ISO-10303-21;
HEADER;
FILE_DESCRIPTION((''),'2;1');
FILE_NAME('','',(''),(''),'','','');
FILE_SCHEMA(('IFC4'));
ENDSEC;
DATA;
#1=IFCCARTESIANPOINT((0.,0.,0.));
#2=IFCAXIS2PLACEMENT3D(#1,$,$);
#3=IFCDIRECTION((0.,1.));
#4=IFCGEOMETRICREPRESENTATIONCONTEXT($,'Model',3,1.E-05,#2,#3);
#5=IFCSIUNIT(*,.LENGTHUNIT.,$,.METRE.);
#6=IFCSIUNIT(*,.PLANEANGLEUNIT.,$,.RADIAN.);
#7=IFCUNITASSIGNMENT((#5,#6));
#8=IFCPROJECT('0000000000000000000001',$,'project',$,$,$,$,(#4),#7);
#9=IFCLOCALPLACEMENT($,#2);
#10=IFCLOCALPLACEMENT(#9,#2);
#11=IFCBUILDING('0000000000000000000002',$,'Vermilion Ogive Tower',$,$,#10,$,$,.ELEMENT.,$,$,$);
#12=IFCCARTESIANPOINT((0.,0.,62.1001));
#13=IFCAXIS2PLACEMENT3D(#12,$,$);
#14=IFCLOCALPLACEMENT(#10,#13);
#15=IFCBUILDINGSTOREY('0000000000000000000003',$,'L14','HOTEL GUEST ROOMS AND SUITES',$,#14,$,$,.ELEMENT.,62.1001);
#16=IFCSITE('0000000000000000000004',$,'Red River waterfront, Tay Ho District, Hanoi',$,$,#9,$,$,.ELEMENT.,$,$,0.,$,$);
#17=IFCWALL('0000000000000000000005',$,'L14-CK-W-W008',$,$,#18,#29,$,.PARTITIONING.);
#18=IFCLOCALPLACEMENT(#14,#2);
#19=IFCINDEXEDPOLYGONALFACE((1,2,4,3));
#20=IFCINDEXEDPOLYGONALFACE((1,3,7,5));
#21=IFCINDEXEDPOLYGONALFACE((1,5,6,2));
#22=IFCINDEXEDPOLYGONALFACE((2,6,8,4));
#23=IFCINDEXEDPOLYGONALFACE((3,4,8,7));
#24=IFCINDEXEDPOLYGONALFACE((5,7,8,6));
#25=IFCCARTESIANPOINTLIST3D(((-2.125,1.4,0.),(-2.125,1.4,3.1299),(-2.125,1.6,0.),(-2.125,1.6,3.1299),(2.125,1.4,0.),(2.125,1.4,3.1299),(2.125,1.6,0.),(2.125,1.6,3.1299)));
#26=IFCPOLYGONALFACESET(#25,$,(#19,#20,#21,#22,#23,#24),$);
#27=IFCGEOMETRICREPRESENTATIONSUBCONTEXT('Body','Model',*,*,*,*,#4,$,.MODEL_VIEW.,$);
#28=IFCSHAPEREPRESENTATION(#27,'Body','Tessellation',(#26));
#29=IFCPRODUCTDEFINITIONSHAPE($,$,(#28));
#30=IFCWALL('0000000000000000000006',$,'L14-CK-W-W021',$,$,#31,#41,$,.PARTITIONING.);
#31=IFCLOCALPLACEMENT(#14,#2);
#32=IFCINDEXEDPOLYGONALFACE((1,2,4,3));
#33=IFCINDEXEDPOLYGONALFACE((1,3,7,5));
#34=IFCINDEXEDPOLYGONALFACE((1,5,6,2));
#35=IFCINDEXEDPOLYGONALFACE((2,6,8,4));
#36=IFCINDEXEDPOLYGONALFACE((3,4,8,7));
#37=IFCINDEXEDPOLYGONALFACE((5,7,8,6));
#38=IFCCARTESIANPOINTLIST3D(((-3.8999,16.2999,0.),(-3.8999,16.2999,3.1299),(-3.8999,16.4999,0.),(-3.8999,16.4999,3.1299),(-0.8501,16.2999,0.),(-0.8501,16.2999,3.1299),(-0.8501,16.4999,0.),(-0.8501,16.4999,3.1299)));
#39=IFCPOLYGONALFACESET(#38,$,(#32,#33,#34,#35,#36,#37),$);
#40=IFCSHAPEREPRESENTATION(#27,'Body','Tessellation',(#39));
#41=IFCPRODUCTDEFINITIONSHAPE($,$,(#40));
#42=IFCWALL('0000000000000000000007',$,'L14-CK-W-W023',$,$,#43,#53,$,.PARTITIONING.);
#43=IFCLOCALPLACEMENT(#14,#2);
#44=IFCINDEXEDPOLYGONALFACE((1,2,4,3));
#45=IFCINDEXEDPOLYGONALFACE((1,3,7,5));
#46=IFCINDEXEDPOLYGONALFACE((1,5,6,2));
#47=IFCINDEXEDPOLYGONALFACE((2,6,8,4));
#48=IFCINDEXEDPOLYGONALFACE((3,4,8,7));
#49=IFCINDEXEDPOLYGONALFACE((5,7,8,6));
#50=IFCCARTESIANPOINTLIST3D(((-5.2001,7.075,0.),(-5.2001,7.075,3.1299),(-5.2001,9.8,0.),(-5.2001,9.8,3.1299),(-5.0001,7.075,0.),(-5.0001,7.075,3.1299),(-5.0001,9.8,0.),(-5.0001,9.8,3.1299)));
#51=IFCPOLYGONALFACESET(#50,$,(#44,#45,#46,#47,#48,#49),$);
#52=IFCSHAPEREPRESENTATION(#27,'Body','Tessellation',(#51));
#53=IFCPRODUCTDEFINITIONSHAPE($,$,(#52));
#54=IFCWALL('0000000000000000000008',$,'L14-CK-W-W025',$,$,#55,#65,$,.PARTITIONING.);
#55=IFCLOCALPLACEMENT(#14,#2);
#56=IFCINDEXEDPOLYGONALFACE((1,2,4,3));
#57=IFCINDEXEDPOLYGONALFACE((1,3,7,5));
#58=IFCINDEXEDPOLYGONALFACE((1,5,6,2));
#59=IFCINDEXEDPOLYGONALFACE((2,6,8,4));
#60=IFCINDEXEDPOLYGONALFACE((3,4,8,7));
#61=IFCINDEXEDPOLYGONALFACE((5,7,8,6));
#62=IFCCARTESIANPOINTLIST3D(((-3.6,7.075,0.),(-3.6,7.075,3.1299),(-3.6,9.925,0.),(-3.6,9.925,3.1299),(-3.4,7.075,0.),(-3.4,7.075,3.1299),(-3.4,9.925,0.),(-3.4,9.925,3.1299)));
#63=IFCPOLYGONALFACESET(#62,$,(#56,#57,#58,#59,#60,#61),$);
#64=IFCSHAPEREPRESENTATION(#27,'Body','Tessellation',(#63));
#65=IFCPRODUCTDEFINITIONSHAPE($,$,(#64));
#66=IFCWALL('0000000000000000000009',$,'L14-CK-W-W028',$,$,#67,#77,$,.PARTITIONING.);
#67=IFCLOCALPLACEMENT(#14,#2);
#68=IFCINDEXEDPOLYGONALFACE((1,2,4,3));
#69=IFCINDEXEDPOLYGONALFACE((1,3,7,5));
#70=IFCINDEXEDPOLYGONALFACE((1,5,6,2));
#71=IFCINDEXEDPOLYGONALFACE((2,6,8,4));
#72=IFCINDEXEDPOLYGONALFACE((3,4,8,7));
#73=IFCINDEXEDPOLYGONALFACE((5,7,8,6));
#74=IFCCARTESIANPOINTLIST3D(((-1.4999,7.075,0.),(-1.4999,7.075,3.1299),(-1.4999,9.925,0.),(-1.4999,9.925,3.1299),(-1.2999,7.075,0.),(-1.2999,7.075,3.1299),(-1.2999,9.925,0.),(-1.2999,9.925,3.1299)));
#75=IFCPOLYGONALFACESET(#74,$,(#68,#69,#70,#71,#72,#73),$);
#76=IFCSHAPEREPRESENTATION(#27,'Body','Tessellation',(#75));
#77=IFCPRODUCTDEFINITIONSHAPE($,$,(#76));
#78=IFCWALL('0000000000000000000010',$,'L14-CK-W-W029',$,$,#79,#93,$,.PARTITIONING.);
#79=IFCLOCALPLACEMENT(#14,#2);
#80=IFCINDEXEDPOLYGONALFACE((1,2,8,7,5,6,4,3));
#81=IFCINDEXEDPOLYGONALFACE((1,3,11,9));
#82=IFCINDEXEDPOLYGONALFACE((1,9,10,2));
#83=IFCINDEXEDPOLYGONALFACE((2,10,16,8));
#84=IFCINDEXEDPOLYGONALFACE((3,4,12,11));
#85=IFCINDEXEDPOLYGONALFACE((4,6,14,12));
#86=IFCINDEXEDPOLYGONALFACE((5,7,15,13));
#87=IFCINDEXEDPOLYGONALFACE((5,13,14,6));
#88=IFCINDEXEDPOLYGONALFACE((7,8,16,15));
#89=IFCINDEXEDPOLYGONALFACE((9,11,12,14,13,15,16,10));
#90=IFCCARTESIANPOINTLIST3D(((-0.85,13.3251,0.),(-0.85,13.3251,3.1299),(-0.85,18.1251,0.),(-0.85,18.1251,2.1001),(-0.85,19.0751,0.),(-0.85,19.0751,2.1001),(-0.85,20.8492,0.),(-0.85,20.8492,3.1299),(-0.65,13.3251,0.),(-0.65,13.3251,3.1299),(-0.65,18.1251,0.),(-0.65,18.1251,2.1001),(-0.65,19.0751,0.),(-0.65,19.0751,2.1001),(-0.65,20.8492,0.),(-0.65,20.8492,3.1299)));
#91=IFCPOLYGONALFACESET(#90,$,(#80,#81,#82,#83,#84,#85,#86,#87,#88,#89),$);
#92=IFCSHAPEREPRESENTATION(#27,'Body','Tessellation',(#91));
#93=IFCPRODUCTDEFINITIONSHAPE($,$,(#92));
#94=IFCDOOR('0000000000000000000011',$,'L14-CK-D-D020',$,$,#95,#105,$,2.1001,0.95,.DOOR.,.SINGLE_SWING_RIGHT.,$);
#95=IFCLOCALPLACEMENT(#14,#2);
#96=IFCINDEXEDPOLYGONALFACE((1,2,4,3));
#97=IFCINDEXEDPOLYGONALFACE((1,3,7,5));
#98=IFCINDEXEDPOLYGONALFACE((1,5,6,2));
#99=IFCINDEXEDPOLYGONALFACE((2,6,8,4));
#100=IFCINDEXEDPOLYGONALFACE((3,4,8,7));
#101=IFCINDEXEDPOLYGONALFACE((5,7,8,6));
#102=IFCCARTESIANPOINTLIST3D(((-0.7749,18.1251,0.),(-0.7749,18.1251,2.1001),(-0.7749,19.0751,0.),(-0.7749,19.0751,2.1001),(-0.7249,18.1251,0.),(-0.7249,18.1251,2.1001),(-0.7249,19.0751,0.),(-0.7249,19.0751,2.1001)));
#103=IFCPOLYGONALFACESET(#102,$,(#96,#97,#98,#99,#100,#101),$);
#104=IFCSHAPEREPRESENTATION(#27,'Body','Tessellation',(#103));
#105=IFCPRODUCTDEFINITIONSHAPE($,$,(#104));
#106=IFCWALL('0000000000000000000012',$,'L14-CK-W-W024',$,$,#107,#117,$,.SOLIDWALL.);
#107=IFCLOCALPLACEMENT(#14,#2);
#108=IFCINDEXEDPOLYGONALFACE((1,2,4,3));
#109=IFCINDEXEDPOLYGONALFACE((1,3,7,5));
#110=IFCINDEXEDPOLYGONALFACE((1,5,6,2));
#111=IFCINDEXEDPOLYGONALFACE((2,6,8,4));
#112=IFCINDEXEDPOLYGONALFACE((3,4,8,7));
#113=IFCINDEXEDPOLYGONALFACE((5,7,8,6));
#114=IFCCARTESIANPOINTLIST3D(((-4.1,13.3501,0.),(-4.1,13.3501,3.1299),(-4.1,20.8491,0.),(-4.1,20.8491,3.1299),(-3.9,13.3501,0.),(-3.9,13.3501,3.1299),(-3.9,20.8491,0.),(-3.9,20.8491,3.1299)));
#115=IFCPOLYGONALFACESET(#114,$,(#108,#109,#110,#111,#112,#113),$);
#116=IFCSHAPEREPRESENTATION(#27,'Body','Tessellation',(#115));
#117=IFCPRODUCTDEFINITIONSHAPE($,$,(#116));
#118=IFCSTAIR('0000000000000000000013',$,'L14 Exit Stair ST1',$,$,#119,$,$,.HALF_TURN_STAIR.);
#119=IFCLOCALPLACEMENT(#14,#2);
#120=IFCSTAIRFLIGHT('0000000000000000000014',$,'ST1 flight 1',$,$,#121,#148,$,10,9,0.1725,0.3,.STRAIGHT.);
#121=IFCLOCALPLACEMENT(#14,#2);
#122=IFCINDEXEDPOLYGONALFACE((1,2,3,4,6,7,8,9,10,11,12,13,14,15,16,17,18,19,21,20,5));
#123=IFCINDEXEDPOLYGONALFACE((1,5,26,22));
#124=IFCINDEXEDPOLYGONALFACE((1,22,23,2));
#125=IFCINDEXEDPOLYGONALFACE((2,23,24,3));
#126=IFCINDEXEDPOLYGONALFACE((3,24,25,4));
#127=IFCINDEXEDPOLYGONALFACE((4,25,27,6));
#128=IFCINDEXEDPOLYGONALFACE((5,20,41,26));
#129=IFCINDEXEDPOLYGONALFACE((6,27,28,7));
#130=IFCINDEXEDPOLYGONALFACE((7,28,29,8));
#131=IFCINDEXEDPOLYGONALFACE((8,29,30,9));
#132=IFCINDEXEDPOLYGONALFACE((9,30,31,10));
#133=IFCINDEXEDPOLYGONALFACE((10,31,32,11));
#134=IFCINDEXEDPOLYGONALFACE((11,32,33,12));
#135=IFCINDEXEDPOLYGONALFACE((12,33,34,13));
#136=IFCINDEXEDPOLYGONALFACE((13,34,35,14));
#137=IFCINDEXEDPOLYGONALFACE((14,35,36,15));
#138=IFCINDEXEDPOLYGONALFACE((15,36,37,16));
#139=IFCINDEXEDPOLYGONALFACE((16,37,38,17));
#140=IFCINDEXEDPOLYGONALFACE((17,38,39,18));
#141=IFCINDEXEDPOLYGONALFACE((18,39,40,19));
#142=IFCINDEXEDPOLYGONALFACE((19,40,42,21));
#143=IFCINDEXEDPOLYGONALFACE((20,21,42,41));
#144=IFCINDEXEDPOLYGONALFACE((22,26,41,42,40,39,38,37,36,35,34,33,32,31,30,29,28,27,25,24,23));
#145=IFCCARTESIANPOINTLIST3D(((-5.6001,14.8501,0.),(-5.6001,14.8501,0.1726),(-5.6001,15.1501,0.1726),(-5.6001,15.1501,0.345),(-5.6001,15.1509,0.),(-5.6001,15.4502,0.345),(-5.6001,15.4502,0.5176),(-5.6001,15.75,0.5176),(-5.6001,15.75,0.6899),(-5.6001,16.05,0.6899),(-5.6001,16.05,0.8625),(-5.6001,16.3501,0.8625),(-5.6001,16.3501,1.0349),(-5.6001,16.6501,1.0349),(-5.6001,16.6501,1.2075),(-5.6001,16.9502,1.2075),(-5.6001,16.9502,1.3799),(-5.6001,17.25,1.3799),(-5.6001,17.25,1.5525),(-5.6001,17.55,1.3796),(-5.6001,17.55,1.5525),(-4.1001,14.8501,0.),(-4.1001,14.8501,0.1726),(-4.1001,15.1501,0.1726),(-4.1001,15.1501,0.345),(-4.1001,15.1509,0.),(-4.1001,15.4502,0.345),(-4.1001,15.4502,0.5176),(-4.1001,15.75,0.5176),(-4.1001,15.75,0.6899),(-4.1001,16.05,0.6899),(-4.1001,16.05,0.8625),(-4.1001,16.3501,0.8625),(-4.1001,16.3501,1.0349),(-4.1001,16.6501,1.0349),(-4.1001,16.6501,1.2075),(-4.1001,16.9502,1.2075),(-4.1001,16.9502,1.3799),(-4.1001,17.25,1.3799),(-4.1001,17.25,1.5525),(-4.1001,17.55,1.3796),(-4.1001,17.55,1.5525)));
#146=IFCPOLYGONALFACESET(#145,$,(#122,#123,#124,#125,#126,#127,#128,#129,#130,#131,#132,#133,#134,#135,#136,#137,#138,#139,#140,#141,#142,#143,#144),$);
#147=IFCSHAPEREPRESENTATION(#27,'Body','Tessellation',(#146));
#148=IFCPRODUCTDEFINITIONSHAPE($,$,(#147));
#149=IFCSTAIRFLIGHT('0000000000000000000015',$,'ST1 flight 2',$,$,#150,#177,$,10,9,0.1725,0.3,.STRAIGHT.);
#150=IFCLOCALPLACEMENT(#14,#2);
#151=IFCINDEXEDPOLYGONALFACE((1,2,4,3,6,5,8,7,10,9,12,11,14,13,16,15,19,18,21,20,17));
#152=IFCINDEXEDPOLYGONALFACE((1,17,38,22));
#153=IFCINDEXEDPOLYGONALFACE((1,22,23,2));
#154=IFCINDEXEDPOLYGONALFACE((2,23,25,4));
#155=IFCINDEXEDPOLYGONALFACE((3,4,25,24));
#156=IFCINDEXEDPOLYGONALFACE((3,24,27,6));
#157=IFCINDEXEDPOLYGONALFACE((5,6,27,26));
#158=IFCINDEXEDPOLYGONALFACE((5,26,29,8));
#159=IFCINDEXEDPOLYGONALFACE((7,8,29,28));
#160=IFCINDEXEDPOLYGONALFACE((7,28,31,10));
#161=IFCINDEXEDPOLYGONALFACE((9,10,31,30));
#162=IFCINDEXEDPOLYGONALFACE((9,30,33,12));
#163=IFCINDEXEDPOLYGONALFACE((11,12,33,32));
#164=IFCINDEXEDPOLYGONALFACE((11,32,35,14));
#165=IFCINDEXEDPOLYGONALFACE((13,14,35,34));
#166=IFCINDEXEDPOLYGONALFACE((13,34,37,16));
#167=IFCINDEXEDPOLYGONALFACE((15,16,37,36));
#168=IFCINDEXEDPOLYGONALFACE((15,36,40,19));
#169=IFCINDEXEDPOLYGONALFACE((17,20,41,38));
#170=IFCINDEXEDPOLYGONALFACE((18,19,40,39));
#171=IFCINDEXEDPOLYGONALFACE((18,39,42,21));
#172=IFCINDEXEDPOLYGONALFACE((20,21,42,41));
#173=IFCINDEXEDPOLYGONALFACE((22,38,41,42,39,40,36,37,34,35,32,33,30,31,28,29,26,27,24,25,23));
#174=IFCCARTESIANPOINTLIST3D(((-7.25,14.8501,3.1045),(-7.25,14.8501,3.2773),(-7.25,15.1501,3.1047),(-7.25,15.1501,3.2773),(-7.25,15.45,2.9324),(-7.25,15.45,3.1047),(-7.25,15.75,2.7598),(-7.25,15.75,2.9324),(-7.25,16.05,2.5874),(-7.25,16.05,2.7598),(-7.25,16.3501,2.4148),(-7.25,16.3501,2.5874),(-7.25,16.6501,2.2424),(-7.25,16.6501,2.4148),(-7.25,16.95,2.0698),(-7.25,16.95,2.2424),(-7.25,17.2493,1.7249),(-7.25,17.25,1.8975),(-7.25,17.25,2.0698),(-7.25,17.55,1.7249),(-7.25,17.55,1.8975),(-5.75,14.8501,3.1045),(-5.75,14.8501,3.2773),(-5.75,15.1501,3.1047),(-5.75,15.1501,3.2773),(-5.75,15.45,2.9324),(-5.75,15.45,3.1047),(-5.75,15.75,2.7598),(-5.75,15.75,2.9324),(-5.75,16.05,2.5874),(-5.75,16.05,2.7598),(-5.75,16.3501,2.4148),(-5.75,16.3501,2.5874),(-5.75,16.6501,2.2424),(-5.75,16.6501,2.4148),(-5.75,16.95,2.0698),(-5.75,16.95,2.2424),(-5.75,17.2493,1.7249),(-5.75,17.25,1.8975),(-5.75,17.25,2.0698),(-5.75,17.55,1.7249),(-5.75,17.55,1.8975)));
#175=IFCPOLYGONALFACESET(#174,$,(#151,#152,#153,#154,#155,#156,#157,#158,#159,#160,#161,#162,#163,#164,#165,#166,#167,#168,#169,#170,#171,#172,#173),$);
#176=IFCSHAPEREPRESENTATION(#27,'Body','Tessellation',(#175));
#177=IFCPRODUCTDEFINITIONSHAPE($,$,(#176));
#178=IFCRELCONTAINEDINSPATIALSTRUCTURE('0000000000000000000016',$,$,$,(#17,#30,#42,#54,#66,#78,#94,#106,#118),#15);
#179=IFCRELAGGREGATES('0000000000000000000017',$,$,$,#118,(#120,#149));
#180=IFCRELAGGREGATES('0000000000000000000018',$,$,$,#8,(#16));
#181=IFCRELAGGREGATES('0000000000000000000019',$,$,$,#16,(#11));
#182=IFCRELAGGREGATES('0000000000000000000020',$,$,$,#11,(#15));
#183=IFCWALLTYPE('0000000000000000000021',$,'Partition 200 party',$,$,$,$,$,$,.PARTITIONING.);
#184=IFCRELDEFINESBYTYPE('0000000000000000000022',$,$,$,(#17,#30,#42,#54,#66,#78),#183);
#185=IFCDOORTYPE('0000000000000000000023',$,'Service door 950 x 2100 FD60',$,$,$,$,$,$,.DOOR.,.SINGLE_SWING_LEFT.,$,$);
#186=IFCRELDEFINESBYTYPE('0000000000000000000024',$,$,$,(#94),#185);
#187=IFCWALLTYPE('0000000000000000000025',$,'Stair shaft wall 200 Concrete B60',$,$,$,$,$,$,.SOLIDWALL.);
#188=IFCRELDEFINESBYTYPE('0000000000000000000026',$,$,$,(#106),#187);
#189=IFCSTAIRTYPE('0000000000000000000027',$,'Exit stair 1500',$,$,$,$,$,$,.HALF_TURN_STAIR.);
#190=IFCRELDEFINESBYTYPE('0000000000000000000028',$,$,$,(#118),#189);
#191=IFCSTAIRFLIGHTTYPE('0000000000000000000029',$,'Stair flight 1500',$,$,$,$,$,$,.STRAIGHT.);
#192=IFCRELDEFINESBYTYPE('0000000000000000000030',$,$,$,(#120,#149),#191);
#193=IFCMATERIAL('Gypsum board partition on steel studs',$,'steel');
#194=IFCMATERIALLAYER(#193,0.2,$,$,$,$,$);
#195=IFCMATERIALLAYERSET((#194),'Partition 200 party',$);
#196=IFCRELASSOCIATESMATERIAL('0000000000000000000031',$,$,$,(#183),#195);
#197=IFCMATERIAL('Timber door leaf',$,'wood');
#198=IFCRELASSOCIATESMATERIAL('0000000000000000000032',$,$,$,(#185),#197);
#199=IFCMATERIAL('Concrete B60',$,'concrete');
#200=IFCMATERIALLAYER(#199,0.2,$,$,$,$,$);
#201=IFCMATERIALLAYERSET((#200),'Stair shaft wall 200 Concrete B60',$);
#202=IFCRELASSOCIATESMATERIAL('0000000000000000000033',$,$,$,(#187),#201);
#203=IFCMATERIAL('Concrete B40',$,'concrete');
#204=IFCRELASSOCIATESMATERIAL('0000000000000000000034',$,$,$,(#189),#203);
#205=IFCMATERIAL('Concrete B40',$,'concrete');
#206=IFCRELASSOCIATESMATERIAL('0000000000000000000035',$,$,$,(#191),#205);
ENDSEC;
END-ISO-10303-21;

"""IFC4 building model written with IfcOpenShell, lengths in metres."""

from ifc_helpers import new_model, si_unit, direction, frame, frame_2d, origin, place, context, subcontext, project, spatial, polyline, rectangle, outline, extrude, material, layer, layer_set, type_object, element, fill, aggregate, save


model = new_model("IFC4")

# Units and contexts
model_context = context("Model", 3, precision=1e-05, world=origin(), true_north=direction((0.0, 1.0)))
body_context = subcontext(model_context, "Body", "Model", "MODEL_VIEW")
ifc_project = project(units=[si_unit("LENGTHUNIT", "METRE"), si_unit("PLANEANGLEUNIT", "RADIAN")], contexts=[model_context])

# Site, building, storey
site_placement = place(None, origin())
site = spatial("IfcSite", under=ifc_project, at=site_placement, Name="Red River waterfront, Tay Ho District, Hanoi", CompositionType="ELEMENT", RefElevation=0.0)
building_placement = place(site_placement, origin())
building = spatial("IfcBuilding", under=site, at=building_placement, Name="Vermilion Ogive Tower", CompositionType="ELEMENT")
storey_placement = place(building_placement, frame((0.0, 0.0, 62.1001)))
storey = spatial("IfcBuildingStorey", under=building, at=storey_placement, Name="L14", Description="HOTEL GUEST ROOMS AND SUITES", CompositionType="ELEMENT", Elevation=62.1001)

# Walls
ifc_material_1 = material(Name="Gypsum board partition on steel studs", Category="steel")
ifc_layer_1 = layer(ifc_material_1, 0.2)
ifc_layer_set_1 = layer_set([ifc_layer_1], Name="Partition 200 party")
wall_type_1 = type_object("IfcWallType", Name="Partition 200 party", PredefinedType="PARTITIONING", material=ifc_layer_set_1)
wall_1_placement = place(storey_placement, frame((-2.125, 1.5, 0.0), z_axis=(0.0, 0.0, 1.0), x_axis=(1.0, 0.0, 0.0)))
element("IfcWall", 1, at=wall_1_placement, inside=storey, type_object=wall_type_1, Name="L14-CK-W-W008", PredefinedType="PARTITIONING", context=body_context, shape_type="SweptSolid", body=[
    extrude(rectangle(XDim=4.25, YDim=0.2, at=frame_2d((2.125, 0.0))), origin(), (0.0, 0.0, 1.0), 3.1299),
])
wall_2_placement = place(storey_placement, frame((-3.8999, 16.3999, 0.0), z_axis=(0.0, 0.0, 1.0), x_axis=(1.0, 0.0, 0.0)))
element("IfcWall", 2, at=wall_2_placement, inside=storey, type_object=wall_type_1, Name="L14-CK-W-W021", PredefinedType="PARTITIONING", context=body_context, shape_type="SweptSolid", body=[
    extrude(rectangle(XDim=3.0498, YDim=0.2, at=frame_2d((1.5249, 0.0))), origin(), (0.0, 0.0, 1.0), 3.1299),
])
wall_3_placement = place(storey_placement, frame((-5.1001, 7.075, 0.0), z_axis=(0.0, 0.0, 1.0), x_axis=(0.0, 1.0, 0.0)))
element("IfcWall", 3, at=wall_3_placement, inside=storey, type_object=wall_type_1, Name="L14-CK-W-W023", PredefinedType="PARTITIONING", context=body_context, shape_type="SweptSolid", body=[
    extrude(rectangle(XDim=2.7251, YDim=0.2, at=frame_2d((1.3625, 0.0))), origin(), (0.0, 0.0, 1.0), 3.1299),
])
for number, where, z_axis, x_axis, name in (
    (4, (-3.5, 7.075, 0.0), (0.0, 0.0, 1.0), (0.0, 1.0, 0.0), "L14-CK-W-W025"),
    (5, (-1.3999, 7.075, 0.0), (0.0, 0.0, 1.0), (0.0, 1.0, 0.0), "L14-CK-W-W028"),
):
    element("IfcWall", number, at=place(storey_placement, frame(where, z_axis=z_axis, x_axis=x_axis)), inside=storey, type_object=wall_type_1, Name=name, PredefinedType="PARTITIONING", context=body_context, shape_type="SweptSolid", body=[
        extrude(rectangle(XDim=2.8501, YDim=0.2, at=frame_2d((1.425, 0.0))), origin(), (0.0, 0.0, 1.0), 3.1299),
    ])

# Wall, opening, door
wall_4_placement = place(storey_placement, frame((-0.75, 13.325, 0.0), z_axis=(0.0, 0.0, 1.0), x_axis=(0.0, 1.0, 0.0)))
wall_4 = element("IfcWall", 6, at=wall_4_placement, inside=storey, type_object=wall_type_1, Name="L14-CK-W-W029", PredefinedType="PARTITIONING", context=body_context, shape_type="SweptSolid", body=[
    extrude(rectangle(XDim=7.5242, YDim=0.2, at=frame_2d((3.7622, 0.0))), origin(), (0.0, 0.0, 1.0), 3.1299),
])
opening_1_placement = place(wall_4_placement, frame((4.8, 0.0, 0.0)))
opening_1 = element("IfcOpeningElement", 7, at=opening_1_placement, cuts=wall_4, PredefinedType="OPENING", context=body_context, shape_type="SweptSolid", body=[
    extrude(rectangle(XDim=0.95, YDim=2.1001, at=frame_2d((0.4751, 1.05))), frame((0.0, 0.1099, 0.0), z_axis=(0.0, -1.0, 0.0), x_axis=(1.0, 0.0, 0.0)), (0.0, 0.0, 1.0), 0.22),
])
ifc_material_2 = material(Name="Timber door leaf", Category="wood")
door_type_1 = type_object("IfcDoorType", Name="Service door 950 x 2100 FD60", OperationType="SINGLE_SWING_LEFT", PredefinedType="DOOR", material=ifc_material_2)
door_1_placement = place(opening_1_placement, origin())
door_1 = element("IfcDoor", 8, at=door_1_placement, inside=storey, type_object=door_type_1, Name="L14-CK-D-D020", OperationType="SINGLE_SWING_RIGHT", OverallHeight=2.1001, OverallWidth=0.95, PredefinedType="DOOR", context=body_context, shape_type="SweptSolid", body=[
    extrude(rectangle(XDim=0.95, YDim=2.1001, at=frame_2d((0.4751, 1.05))), frame((0.0, 0.0249, 0.0), z_axis=(0.0, -1.0, 0.0), x_axis=(1.0, 0.0, 0.0)), (0.0, 0.0, 1.0), 0.05),
])
fill(opening_1, door_1)

# Wall
ifc_material_3 = material(Name="Concrete B60", Category="concrete")
ifc_layer_2 = layer(ifc_material_3, 0.2)
ifc_layer_set_2 = layer_set([ifc_layer_2], Name="Stair shaft wall 200 Concrete B60")
wall_type_2 = type_object("IfcWallType", Name="Stair shaft wall 200 Concrete B60", PredefinedType="SOLIDWALL", material=ifc_layer_set_2)
wall_5_placement = place(storey_placement, frame((-4.0, 13.3501, 0.0), z_axis=(0.0, 0.0, 1.0), x_axis=(0.0, 1.0, 0.0)))
element("IfcWall", 9, at=wall_5_placement, inside=storey, type_object=wall_type_2, Name="L14-CK-W-W024", PredefinedType="SOLIDWALL", context=body_context, shape_type="SweptSolid", body=[
    extrude(rectangle(XDim=7.499, YDim=0.2, at=frame_2d((3.7495, 0.0))), origin(), (0.0, 0.0, 1.0), 3.1299),
])

# Stair, stair flights
ifc_material_4 = material(Name="Concrete B40", Category="concrete")
stair_type = type_object("IfcStairType", Name="Exit stair 1500", PredefinedType="HALF_TURN_STAIR", material=ifc_material_4)
stair_placement = place(storey_placement, origin())
stair = element("IfcStair", 10, at=stair_placement, inside=storey, type_object=stair_type, Name="L14 Exit Stair ST1", PredefinedType="HALF_TURN_STAIR")
ifc_material_5 = material(Name="Concrete B40", Category="concrete")
stair_flight_type = type_object("IfcStairFlightType", Name="Stair flight 1500", PredefinedType="STRAIGHT", material=ifc_material_5)
stair_flight_1_placement = place(storey_placement, frame((-4.8501, 14.8501, 0.0), z_axis=(0.0, 0.0, 1.0), x_axis=(0.0, 1.0, 0.0)))
stair_flight_1 = element("IfcStairFlight", 11, at=stair_flight_1_placement, type_object=stair_flight_type, Name="ST1 flight 1", NumberOfRisers=10, NumberOfTreads=9, PredefinedType="STRAIGHT", RiserHeight=0.1725, TreadLength=0.3, context=body_context, shape_type="SweptSolid", body=[
    extrude(outline(polyline([(0.0, 0.0), (0.0, 0.1726), (0.3, 0.1726), (0.3, 0.345), (0.6001, 0.345), (0.6001, 0.5176), (0.8999, 0.5176), (0.8999, 0.6899), (1.2, 0.6899), (1.2, 0.8625), (1.5, 0.8625), (1.5, 1.0349), (1.8, 1.0349), (1.8, 1.2075), (2.1001, 1.2075), (2.1001, 1.3799), (2.3999, 1.3799), (2.3999, 1.5525), (2.7, 1.5525), (2.7, 1.7251), (2.7, 1.3796), (0.3008, 0.0), (0.0, 0.0)])), frame((0.0, 0.75, 0.0), z_axis=(0.0, -1.0, 0.0), x_axis=(1.0, 0.0, 0.0)), (0.0, 0.0, 1.0), 1.5),
])
stair_flight_2_placement = place(storey_placement, frame((-6.5, 17.55, 1.7249), z_axis=(0.0, 0.0, 1.0), x_axis=(0.0, -1.0, 0.0)))
stair_flight_2 = element("IfcStairFlight", 12, at=stair_flight_2_placement, type_object=stair_flight_type, Name="ST1 flight 2", NumberOfRisers=10, NumberOfTreads=9, PredefinedType="STRAIGHT", RiserHeight=0.1725, TreadLength=0.3, context=body_context, shape_type="SweptSolid", body=[
    extrude(outline(polyline([(0.0, 0.0), (0.0, 0.1726), (0.3, 0.1726), (0.3, 0.345), (0.6001, 0.345), (0.6001, 0.5176), (0.8999, 0.5176), (0.8999, 0.6899), (1.2, 0.6899), (1.2, 0.8625), (1.5, 0.8625), (1.5, 1.0349), (1.8, 1.0349), (1.8, 1.2075), (2.1001, 1.2075), (2.1001, 1.3799), (2.3999, 1.3799), (2.3999, 1.5525), (2.7, 1.5525), (2.7, 1.7251), (2.7, 1.3796), (0.3008, 0.0), (0.0, 0.0)])), frame((0.0, 0.75, 0.0), z_axis=(0.0, -1.0, 0.0), x_axis=(1.0, 0.0, 0.0)), (0.0, 0.0, 1.0), 1.5),
])
aggregate(stair, [stair_flight_1, stair_flight_2])

save(model, "model.ifc")
